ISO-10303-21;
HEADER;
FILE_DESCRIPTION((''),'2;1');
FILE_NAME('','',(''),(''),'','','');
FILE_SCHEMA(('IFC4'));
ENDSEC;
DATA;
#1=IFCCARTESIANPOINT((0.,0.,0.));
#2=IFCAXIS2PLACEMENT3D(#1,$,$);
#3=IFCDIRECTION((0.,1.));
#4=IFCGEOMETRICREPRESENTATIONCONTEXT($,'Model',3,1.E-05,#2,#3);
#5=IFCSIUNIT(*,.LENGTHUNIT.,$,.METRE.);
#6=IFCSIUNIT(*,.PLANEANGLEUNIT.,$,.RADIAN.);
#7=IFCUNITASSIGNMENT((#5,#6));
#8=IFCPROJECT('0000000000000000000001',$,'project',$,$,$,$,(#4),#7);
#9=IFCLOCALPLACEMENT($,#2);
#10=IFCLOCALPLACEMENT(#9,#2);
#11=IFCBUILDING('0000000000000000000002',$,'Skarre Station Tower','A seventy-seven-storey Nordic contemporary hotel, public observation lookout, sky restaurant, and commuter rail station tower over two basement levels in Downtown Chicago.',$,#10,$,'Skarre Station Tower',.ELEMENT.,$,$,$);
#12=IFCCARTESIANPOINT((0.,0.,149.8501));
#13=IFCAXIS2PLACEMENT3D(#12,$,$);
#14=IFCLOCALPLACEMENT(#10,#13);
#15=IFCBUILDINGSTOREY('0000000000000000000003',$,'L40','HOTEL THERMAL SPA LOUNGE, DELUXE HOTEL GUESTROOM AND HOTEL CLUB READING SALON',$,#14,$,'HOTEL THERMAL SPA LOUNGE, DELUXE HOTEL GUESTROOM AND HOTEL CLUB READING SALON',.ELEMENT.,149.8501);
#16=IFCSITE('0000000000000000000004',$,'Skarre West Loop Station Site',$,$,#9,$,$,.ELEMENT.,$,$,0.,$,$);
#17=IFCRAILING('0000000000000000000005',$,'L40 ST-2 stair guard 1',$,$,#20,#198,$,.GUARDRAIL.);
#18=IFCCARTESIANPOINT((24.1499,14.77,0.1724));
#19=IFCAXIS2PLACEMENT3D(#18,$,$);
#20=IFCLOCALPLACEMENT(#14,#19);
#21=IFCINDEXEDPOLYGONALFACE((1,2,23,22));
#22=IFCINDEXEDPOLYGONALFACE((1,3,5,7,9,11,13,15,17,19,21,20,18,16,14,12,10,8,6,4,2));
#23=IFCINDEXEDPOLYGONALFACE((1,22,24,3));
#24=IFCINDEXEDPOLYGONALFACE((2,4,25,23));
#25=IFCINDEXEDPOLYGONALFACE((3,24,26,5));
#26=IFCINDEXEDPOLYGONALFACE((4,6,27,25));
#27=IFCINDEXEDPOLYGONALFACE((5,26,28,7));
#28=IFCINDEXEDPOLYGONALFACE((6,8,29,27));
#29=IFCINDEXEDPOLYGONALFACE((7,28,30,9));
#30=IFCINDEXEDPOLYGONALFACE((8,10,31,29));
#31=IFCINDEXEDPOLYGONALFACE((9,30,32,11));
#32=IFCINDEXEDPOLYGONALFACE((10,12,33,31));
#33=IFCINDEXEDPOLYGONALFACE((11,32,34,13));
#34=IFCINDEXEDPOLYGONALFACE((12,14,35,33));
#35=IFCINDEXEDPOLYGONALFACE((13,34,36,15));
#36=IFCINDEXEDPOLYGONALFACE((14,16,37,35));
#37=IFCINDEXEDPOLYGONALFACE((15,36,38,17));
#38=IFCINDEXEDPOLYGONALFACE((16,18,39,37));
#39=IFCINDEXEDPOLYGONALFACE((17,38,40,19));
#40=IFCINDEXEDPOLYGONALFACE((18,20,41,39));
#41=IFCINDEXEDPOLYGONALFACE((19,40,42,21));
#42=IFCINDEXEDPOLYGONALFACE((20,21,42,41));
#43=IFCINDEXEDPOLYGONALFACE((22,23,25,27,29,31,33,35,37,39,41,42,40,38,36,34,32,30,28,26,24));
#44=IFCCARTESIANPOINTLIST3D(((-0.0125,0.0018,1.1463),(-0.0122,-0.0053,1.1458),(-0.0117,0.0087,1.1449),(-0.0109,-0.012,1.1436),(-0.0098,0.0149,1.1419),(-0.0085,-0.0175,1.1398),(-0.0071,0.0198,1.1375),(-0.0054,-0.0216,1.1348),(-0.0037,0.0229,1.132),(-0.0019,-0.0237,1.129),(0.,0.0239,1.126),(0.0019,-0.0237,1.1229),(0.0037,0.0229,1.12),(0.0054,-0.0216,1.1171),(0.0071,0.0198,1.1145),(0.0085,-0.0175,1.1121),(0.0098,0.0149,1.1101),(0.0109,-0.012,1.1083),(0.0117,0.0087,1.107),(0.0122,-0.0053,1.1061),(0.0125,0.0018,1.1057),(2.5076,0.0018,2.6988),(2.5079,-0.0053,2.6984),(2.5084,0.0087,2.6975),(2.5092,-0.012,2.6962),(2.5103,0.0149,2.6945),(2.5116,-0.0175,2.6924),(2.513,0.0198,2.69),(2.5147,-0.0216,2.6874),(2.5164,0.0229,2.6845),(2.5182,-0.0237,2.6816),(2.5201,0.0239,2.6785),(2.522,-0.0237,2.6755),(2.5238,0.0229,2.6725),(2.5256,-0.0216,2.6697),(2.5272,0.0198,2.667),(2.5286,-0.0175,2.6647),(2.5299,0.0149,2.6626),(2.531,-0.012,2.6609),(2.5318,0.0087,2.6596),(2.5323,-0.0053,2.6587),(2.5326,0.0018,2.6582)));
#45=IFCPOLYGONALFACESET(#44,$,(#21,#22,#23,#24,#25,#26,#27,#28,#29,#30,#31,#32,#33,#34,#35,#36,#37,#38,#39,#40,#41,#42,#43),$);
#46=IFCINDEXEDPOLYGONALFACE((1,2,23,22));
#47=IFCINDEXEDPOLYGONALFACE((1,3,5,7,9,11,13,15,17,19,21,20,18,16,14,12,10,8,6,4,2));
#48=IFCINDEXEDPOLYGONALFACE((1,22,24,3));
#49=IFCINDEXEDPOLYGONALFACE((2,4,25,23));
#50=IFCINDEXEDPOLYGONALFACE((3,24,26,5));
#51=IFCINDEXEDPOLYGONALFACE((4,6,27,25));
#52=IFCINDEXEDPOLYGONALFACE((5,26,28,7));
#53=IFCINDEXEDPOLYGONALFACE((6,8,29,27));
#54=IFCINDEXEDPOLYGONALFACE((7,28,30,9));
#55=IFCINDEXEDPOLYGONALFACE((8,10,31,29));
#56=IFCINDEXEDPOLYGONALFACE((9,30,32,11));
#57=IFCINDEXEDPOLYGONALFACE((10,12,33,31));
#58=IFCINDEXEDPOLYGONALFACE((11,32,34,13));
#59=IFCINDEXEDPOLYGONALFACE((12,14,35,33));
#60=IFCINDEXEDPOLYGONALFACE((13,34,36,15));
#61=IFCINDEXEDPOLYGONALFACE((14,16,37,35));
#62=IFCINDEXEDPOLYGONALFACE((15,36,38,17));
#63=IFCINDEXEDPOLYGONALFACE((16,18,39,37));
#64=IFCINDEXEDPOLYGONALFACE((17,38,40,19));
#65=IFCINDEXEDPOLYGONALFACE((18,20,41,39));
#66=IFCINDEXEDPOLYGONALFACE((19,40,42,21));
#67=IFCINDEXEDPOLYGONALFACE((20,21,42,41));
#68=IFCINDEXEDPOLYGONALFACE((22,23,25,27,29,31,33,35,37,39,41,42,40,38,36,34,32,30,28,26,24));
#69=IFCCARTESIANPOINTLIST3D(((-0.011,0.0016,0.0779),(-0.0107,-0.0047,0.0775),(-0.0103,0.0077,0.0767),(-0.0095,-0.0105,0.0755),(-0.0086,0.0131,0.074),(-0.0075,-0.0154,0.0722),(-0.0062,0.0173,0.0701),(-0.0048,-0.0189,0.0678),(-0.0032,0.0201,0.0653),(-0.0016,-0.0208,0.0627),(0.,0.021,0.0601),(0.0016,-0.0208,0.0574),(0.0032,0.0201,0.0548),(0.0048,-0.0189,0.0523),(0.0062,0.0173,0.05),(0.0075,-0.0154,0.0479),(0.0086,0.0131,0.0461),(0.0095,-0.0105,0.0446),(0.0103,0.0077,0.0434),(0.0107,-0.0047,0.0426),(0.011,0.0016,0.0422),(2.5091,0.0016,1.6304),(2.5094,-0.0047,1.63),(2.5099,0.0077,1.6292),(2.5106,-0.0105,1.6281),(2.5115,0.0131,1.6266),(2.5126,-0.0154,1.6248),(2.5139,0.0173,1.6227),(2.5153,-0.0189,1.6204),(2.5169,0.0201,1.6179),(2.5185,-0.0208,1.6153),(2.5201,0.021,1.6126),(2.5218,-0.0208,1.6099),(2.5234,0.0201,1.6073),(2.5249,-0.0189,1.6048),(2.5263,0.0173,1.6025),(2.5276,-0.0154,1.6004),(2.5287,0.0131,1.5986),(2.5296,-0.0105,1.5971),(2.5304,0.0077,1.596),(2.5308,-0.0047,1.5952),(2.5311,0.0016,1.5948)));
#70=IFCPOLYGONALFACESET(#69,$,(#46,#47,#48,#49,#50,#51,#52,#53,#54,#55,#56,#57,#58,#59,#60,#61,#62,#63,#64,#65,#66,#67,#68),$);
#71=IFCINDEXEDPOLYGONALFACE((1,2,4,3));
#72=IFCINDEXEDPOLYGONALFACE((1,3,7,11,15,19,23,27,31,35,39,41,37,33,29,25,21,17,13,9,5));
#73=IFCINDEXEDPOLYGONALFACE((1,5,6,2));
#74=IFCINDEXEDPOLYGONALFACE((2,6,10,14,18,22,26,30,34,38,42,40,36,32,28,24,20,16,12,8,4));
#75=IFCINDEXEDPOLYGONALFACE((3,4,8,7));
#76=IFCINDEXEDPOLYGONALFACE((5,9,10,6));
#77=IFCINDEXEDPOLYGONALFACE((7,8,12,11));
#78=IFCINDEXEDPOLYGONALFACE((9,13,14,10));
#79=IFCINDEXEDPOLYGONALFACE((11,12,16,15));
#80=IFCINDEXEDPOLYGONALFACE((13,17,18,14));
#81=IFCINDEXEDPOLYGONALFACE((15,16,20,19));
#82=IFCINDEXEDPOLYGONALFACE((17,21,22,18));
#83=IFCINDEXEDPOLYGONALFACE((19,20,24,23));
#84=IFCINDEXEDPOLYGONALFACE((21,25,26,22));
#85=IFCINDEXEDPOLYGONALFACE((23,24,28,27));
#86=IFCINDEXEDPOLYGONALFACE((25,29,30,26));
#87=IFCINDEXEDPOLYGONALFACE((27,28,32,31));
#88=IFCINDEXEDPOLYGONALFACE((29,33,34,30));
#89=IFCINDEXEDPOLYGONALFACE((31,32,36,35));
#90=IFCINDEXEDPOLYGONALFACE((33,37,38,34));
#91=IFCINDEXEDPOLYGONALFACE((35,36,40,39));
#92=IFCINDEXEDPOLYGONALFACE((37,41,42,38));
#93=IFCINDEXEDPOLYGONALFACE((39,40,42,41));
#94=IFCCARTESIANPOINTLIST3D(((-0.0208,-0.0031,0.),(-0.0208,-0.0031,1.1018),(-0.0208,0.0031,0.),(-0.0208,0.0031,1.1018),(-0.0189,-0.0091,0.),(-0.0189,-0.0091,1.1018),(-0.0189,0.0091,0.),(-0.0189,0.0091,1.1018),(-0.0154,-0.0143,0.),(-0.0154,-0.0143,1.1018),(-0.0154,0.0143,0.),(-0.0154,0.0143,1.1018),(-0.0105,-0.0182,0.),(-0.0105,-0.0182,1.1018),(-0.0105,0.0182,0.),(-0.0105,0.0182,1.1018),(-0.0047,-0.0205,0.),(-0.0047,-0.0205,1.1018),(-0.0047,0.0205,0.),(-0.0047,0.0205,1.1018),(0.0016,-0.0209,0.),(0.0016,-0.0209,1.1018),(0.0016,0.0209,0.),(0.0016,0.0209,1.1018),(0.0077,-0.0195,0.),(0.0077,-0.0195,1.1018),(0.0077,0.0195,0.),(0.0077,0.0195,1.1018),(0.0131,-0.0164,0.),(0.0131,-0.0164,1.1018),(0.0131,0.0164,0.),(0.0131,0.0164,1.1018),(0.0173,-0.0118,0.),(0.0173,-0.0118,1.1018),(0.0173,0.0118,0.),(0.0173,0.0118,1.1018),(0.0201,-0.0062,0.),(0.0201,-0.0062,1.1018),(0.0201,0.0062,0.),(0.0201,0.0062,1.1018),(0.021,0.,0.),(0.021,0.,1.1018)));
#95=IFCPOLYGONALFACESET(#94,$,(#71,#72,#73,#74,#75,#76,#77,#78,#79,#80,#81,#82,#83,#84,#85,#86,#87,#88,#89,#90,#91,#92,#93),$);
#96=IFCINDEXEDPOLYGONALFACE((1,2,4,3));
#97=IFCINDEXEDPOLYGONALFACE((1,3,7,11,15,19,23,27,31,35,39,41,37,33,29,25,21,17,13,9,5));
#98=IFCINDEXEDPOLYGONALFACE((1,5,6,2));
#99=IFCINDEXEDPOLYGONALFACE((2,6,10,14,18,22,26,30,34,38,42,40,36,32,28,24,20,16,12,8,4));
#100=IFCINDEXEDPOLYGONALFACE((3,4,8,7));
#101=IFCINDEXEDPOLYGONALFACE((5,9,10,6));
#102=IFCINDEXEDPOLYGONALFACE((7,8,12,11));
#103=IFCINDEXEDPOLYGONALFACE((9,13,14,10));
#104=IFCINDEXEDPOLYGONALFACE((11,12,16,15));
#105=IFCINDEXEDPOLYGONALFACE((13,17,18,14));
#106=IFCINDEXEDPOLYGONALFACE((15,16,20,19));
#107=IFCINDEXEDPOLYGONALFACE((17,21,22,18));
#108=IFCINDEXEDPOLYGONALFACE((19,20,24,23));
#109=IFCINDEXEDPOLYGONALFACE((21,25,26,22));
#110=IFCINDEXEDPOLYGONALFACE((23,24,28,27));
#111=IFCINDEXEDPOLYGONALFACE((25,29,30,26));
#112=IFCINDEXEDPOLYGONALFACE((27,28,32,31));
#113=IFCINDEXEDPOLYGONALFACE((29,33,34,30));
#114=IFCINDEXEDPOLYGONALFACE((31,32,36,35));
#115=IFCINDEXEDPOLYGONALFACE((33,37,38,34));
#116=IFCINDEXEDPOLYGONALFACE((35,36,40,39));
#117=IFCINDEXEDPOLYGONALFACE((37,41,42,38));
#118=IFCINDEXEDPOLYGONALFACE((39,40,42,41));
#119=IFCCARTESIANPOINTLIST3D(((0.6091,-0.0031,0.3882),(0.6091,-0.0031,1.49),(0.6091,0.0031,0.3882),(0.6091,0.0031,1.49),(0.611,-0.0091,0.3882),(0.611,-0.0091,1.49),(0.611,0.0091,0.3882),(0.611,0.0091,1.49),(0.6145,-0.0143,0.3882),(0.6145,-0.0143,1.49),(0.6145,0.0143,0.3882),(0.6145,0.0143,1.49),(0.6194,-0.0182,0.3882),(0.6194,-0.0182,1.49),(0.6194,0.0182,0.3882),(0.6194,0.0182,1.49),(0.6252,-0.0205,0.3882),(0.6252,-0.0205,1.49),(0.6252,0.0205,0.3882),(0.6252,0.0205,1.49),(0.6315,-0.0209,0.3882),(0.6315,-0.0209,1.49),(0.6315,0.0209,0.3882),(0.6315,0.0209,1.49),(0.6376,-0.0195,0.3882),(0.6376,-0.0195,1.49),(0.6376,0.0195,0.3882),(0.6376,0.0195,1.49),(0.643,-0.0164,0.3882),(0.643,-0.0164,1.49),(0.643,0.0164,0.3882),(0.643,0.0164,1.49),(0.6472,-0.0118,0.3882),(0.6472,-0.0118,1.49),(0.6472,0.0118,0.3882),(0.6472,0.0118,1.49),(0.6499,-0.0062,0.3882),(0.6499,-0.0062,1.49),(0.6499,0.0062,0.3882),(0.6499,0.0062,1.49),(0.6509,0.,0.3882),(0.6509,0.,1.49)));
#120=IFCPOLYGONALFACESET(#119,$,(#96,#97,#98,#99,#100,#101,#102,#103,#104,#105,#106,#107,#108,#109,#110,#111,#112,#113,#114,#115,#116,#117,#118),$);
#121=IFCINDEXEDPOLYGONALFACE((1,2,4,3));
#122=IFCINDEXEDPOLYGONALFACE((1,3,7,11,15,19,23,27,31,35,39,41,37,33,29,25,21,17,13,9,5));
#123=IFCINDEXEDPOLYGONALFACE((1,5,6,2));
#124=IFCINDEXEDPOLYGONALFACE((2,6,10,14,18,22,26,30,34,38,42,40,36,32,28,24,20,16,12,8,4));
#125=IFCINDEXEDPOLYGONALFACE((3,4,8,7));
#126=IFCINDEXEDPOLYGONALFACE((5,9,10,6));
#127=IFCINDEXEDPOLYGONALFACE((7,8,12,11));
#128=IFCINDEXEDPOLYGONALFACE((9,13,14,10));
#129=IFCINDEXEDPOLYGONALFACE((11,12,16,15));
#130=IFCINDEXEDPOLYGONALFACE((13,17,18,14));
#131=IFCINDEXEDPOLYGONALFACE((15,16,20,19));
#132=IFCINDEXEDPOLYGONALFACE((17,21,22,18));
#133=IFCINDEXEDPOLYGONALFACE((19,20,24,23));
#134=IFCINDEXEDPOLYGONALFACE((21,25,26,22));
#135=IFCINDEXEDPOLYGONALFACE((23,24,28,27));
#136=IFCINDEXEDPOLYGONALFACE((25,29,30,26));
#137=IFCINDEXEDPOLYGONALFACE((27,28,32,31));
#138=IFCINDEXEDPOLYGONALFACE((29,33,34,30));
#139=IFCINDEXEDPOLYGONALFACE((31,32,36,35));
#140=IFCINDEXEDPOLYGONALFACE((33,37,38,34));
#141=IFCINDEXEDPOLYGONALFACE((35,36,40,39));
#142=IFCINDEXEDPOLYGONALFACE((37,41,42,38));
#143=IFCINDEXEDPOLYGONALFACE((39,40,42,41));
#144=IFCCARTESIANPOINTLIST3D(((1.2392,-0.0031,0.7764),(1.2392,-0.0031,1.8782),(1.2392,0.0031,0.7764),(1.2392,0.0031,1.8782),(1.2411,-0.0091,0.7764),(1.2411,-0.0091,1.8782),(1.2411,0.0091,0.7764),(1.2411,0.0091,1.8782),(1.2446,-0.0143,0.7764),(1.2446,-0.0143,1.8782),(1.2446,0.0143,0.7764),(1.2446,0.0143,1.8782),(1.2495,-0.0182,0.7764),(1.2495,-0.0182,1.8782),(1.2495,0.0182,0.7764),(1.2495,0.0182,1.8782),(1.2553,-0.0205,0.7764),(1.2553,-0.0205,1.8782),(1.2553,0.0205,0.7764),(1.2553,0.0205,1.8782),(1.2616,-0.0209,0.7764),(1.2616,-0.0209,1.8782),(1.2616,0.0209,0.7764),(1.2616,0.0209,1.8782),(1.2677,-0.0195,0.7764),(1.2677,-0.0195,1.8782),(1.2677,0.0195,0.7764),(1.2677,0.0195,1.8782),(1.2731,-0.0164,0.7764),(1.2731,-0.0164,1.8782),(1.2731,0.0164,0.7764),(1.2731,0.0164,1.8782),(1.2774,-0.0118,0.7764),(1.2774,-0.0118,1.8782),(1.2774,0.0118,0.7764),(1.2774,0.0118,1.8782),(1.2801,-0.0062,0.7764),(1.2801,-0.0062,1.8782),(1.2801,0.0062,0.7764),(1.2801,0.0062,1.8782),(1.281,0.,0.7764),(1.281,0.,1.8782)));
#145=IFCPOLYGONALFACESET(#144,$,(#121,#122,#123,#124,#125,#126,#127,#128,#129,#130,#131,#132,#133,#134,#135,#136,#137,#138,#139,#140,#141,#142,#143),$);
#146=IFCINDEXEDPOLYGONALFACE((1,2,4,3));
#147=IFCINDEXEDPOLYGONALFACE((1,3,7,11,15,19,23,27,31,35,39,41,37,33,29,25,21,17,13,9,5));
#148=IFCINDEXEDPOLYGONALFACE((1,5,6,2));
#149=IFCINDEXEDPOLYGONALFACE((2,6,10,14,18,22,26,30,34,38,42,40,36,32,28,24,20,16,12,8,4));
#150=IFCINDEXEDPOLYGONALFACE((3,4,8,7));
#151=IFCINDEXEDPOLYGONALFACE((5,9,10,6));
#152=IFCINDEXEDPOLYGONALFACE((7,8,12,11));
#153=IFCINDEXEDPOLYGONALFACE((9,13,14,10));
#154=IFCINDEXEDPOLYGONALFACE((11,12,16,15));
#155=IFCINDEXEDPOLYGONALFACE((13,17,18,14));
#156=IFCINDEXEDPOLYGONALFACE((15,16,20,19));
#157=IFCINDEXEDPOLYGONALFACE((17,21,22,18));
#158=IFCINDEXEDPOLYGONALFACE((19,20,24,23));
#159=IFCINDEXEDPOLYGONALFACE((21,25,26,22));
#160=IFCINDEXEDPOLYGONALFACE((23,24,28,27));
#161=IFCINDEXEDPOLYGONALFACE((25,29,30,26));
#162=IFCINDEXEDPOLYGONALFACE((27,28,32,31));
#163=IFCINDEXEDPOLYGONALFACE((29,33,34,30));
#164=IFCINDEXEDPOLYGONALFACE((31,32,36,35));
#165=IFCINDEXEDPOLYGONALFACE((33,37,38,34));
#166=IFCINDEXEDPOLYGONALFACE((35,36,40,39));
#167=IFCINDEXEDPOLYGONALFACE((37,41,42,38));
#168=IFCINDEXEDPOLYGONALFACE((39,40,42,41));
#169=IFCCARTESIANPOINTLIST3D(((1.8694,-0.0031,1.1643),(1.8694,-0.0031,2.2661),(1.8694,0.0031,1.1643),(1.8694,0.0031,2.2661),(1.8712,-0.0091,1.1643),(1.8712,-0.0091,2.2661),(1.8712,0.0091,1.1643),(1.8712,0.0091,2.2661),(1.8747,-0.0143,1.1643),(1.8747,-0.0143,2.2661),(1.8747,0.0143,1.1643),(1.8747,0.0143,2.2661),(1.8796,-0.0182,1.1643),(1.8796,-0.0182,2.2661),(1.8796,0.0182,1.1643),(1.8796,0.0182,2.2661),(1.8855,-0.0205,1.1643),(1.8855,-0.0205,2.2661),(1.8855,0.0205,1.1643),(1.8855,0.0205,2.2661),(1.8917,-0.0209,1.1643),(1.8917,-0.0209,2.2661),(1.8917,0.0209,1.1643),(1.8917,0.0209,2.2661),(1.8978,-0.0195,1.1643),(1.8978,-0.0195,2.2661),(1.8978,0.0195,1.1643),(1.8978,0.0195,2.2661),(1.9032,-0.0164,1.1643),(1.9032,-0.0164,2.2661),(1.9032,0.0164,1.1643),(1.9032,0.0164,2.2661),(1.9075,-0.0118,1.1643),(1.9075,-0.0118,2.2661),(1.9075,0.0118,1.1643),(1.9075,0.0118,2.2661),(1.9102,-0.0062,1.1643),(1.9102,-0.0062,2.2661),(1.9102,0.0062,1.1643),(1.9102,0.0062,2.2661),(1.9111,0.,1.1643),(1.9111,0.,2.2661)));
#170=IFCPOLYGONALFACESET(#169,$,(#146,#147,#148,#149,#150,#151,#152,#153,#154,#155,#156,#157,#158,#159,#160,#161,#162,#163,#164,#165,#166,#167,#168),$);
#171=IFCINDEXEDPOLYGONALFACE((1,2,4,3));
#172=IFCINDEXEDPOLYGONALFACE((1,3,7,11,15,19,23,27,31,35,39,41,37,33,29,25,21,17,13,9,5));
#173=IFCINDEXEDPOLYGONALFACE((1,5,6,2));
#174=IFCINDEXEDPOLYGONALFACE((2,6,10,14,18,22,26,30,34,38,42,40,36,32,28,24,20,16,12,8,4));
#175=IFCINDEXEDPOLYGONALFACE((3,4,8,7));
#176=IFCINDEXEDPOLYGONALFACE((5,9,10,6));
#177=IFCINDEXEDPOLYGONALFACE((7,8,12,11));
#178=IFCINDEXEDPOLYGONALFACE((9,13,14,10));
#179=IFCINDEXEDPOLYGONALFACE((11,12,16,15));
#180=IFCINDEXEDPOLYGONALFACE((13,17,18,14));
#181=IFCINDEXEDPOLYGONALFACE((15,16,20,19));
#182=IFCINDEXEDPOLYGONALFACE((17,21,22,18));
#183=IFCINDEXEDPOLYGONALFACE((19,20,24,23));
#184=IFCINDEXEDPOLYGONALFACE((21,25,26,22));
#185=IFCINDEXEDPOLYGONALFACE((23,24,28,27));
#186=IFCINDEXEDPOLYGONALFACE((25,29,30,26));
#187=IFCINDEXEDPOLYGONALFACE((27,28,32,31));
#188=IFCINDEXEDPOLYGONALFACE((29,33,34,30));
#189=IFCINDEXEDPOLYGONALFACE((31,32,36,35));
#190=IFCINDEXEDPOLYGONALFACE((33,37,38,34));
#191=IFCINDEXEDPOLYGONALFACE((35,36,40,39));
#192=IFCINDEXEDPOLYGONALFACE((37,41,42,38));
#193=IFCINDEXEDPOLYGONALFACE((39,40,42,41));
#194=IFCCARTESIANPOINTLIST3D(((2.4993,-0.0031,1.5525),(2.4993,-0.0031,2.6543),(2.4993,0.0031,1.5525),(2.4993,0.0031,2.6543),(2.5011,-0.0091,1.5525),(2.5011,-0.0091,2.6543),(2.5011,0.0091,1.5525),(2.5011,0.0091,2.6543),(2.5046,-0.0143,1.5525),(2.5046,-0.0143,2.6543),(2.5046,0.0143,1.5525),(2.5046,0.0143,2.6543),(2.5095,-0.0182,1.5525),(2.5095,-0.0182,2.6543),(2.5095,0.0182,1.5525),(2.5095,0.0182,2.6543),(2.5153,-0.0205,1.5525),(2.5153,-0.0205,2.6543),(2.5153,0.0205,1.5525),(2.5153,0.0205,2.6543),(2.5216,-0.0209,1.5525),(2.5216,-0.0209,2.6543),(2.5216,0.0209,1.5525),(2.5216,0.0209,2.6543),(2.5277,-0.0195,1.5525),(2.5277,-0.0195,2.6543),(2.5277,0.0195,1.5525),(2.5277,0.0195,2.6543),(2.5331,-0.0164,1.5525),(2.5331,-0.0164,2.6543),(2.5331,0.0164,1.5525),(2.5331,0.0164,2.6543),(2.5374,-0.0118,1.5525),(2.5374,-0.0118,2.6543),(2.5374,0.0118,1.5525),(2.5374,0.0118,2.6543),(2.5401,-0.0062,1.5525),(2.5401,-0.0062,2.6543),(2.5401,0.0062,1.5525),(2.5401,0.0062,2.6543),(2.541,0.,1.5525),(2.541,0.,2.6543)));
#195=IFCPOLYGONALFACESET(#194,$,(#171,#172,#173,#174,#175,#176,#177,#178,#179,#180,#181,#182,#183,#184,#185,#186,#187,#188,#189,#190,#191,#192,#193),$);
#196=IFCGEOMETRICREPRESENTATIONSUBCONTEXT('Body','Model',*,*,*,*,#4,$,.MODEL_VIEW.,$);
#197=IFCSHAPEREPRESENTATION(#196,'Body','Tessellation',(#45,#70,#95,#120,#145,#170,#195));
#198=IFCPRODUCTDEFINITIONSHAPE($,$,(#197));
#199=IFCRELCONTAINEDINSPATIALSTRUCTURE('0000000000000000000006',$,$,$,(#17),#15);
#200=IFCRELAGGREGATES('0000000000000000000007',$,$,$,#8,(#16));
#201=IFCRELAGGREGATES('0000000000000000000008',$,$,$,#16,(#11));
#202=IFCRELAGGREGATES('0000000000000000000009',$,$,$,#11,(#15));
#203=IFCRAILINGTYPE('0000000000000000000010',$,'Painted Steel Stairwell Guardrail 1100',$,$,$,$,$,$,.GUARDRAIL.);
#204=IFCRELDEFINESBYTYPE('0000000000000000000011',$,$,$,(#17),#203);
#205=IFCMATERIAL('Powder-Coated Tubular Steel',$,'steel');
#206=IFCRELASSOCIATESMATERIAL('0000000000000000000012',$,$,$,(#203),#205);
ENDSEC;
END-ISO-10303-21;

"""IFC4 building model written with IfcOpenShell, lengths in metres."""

from ifc_helpers import new_model, si_unit, direction, frame, origin, origin_2d, place, context, subcontext, project, spatial, circle, extrude, material, type_object, element, save


model = new_model("IFC4")

# Units and contexts
model_context = context("Model", 3, precision=1e-05, world=origin(), true_north=direction((0.0, 1.0)))
body_context = subcontext(model_context, "Body", "Model", "MODEL_VIEW")
ifc_project = project(units=[si_unit("LENGTHUNIT", "METRE"), si_unit("PLANEANGLEUNIT", "RADIAN")], contexts=[model_context])

# Site, building, storey
site_placement = place(None, origin())
site = spatial("IfcSite", under=ifc_project, at=site_placement, Name="Skarre West Loop Station Site", CompositionType="ELEMENT", RefElevation=0.0)
building_placement = place(site_placement, origin())
building = spatial("IfcBuilding", under=site, at=building_placement, Name="Skarre Station Tower", Description="A seventy-seven-storey Nordic contemporary hotel, public observation lookout, sky restaurant, and commuter rail station tower over two basement levels in Downtown Chicago.", LongName="Skarre Station Tower", CompositionType="ELEMENT")
storey_placement = place(building_placement, frame((0.0, 0.0, 149.8501)))
storey = spatial("IfcBuildingStorey", under=building, at=storey_placement, Name="L40", Description="HOTEL THERMAL SPA LOUNGE, DELUXE HOTEL GUESTROOM AND HOTEL CLUB READING SALON", LongName="HOTEL THERMAL SPA LOUNGE, DELUXE HOTEL GUESTROOM AND HOTEL CLUB READING SALON", CompositionType="ELEMENT", Elevation=149.8501)

# Railing
ifc_material_1 = material(Name="Powder-Coated Tubular Steel", Category="steel")
railing_type_1 = type_object("IfcRailingType", Name="Painted Steel Stairwell Guardrail 1100", PredefinedType="GUARDRAIL", material=ifc_material_1)
railing_1_placement = place(storey_placement, frame((24.1499, 14.77, 0.1724)))
element("IfcRailing", 1, at=railing_1_placement, inside=storey, type_object=railing_type_1, Name="L40 ST-2 stair guard 1", PredefinedType="GUARDRAIL", context=body_context, shape_type="SweptSolid", body=[
    extrude(circle(Radius=0.0239, at=origin_2d()), frame((0.0, 0.0, 1.126), z_axis=(0.8514, 0.0, 0.524516), x_axis=(0.0, 1.0, 0.0)), (0.0, 0.0, 1.0), 2.96),
    extrude(circle(Radius=0.021, at=origin_2d()), frame((0.0, 0.0, 0.0601), z_axis=(0.8514, 0.0, 0.524516), x_axis=(0.0, 1.0, 0.0)), (0.0, 0.0, 1.0), 2.96),
    extrude(circle(Radius=0.021, at=origin_2d()), origin(), (0.0, 0.0, 1.0), 1.1018),
    extrude(circle(Radius=0.021, at=origin_2d()), frame((0.6299, 0.0, 0.3882)), (0.0, 0.0, 1.0), 1.1018),
    extrude(circle(Radius=0.021, at=origin_2d()), frame((1.26, 0.0, 0.7764)), (0.0, 0.0, 1.0), 1.1018),
    extrude(circle(Radius=0.021, at=origin_2d()), frame((1.8901, 0.0, 1.1643)), (0.0, 0.0, 1.0), 1.1018),
    extrude(circle(Radius=0.021, at=origin_2d()), frame((2.52, 0.0, 1.5525)), (0.0, 0.0, 1.0), 1.1018),
])

save(model, "model.ifc")
